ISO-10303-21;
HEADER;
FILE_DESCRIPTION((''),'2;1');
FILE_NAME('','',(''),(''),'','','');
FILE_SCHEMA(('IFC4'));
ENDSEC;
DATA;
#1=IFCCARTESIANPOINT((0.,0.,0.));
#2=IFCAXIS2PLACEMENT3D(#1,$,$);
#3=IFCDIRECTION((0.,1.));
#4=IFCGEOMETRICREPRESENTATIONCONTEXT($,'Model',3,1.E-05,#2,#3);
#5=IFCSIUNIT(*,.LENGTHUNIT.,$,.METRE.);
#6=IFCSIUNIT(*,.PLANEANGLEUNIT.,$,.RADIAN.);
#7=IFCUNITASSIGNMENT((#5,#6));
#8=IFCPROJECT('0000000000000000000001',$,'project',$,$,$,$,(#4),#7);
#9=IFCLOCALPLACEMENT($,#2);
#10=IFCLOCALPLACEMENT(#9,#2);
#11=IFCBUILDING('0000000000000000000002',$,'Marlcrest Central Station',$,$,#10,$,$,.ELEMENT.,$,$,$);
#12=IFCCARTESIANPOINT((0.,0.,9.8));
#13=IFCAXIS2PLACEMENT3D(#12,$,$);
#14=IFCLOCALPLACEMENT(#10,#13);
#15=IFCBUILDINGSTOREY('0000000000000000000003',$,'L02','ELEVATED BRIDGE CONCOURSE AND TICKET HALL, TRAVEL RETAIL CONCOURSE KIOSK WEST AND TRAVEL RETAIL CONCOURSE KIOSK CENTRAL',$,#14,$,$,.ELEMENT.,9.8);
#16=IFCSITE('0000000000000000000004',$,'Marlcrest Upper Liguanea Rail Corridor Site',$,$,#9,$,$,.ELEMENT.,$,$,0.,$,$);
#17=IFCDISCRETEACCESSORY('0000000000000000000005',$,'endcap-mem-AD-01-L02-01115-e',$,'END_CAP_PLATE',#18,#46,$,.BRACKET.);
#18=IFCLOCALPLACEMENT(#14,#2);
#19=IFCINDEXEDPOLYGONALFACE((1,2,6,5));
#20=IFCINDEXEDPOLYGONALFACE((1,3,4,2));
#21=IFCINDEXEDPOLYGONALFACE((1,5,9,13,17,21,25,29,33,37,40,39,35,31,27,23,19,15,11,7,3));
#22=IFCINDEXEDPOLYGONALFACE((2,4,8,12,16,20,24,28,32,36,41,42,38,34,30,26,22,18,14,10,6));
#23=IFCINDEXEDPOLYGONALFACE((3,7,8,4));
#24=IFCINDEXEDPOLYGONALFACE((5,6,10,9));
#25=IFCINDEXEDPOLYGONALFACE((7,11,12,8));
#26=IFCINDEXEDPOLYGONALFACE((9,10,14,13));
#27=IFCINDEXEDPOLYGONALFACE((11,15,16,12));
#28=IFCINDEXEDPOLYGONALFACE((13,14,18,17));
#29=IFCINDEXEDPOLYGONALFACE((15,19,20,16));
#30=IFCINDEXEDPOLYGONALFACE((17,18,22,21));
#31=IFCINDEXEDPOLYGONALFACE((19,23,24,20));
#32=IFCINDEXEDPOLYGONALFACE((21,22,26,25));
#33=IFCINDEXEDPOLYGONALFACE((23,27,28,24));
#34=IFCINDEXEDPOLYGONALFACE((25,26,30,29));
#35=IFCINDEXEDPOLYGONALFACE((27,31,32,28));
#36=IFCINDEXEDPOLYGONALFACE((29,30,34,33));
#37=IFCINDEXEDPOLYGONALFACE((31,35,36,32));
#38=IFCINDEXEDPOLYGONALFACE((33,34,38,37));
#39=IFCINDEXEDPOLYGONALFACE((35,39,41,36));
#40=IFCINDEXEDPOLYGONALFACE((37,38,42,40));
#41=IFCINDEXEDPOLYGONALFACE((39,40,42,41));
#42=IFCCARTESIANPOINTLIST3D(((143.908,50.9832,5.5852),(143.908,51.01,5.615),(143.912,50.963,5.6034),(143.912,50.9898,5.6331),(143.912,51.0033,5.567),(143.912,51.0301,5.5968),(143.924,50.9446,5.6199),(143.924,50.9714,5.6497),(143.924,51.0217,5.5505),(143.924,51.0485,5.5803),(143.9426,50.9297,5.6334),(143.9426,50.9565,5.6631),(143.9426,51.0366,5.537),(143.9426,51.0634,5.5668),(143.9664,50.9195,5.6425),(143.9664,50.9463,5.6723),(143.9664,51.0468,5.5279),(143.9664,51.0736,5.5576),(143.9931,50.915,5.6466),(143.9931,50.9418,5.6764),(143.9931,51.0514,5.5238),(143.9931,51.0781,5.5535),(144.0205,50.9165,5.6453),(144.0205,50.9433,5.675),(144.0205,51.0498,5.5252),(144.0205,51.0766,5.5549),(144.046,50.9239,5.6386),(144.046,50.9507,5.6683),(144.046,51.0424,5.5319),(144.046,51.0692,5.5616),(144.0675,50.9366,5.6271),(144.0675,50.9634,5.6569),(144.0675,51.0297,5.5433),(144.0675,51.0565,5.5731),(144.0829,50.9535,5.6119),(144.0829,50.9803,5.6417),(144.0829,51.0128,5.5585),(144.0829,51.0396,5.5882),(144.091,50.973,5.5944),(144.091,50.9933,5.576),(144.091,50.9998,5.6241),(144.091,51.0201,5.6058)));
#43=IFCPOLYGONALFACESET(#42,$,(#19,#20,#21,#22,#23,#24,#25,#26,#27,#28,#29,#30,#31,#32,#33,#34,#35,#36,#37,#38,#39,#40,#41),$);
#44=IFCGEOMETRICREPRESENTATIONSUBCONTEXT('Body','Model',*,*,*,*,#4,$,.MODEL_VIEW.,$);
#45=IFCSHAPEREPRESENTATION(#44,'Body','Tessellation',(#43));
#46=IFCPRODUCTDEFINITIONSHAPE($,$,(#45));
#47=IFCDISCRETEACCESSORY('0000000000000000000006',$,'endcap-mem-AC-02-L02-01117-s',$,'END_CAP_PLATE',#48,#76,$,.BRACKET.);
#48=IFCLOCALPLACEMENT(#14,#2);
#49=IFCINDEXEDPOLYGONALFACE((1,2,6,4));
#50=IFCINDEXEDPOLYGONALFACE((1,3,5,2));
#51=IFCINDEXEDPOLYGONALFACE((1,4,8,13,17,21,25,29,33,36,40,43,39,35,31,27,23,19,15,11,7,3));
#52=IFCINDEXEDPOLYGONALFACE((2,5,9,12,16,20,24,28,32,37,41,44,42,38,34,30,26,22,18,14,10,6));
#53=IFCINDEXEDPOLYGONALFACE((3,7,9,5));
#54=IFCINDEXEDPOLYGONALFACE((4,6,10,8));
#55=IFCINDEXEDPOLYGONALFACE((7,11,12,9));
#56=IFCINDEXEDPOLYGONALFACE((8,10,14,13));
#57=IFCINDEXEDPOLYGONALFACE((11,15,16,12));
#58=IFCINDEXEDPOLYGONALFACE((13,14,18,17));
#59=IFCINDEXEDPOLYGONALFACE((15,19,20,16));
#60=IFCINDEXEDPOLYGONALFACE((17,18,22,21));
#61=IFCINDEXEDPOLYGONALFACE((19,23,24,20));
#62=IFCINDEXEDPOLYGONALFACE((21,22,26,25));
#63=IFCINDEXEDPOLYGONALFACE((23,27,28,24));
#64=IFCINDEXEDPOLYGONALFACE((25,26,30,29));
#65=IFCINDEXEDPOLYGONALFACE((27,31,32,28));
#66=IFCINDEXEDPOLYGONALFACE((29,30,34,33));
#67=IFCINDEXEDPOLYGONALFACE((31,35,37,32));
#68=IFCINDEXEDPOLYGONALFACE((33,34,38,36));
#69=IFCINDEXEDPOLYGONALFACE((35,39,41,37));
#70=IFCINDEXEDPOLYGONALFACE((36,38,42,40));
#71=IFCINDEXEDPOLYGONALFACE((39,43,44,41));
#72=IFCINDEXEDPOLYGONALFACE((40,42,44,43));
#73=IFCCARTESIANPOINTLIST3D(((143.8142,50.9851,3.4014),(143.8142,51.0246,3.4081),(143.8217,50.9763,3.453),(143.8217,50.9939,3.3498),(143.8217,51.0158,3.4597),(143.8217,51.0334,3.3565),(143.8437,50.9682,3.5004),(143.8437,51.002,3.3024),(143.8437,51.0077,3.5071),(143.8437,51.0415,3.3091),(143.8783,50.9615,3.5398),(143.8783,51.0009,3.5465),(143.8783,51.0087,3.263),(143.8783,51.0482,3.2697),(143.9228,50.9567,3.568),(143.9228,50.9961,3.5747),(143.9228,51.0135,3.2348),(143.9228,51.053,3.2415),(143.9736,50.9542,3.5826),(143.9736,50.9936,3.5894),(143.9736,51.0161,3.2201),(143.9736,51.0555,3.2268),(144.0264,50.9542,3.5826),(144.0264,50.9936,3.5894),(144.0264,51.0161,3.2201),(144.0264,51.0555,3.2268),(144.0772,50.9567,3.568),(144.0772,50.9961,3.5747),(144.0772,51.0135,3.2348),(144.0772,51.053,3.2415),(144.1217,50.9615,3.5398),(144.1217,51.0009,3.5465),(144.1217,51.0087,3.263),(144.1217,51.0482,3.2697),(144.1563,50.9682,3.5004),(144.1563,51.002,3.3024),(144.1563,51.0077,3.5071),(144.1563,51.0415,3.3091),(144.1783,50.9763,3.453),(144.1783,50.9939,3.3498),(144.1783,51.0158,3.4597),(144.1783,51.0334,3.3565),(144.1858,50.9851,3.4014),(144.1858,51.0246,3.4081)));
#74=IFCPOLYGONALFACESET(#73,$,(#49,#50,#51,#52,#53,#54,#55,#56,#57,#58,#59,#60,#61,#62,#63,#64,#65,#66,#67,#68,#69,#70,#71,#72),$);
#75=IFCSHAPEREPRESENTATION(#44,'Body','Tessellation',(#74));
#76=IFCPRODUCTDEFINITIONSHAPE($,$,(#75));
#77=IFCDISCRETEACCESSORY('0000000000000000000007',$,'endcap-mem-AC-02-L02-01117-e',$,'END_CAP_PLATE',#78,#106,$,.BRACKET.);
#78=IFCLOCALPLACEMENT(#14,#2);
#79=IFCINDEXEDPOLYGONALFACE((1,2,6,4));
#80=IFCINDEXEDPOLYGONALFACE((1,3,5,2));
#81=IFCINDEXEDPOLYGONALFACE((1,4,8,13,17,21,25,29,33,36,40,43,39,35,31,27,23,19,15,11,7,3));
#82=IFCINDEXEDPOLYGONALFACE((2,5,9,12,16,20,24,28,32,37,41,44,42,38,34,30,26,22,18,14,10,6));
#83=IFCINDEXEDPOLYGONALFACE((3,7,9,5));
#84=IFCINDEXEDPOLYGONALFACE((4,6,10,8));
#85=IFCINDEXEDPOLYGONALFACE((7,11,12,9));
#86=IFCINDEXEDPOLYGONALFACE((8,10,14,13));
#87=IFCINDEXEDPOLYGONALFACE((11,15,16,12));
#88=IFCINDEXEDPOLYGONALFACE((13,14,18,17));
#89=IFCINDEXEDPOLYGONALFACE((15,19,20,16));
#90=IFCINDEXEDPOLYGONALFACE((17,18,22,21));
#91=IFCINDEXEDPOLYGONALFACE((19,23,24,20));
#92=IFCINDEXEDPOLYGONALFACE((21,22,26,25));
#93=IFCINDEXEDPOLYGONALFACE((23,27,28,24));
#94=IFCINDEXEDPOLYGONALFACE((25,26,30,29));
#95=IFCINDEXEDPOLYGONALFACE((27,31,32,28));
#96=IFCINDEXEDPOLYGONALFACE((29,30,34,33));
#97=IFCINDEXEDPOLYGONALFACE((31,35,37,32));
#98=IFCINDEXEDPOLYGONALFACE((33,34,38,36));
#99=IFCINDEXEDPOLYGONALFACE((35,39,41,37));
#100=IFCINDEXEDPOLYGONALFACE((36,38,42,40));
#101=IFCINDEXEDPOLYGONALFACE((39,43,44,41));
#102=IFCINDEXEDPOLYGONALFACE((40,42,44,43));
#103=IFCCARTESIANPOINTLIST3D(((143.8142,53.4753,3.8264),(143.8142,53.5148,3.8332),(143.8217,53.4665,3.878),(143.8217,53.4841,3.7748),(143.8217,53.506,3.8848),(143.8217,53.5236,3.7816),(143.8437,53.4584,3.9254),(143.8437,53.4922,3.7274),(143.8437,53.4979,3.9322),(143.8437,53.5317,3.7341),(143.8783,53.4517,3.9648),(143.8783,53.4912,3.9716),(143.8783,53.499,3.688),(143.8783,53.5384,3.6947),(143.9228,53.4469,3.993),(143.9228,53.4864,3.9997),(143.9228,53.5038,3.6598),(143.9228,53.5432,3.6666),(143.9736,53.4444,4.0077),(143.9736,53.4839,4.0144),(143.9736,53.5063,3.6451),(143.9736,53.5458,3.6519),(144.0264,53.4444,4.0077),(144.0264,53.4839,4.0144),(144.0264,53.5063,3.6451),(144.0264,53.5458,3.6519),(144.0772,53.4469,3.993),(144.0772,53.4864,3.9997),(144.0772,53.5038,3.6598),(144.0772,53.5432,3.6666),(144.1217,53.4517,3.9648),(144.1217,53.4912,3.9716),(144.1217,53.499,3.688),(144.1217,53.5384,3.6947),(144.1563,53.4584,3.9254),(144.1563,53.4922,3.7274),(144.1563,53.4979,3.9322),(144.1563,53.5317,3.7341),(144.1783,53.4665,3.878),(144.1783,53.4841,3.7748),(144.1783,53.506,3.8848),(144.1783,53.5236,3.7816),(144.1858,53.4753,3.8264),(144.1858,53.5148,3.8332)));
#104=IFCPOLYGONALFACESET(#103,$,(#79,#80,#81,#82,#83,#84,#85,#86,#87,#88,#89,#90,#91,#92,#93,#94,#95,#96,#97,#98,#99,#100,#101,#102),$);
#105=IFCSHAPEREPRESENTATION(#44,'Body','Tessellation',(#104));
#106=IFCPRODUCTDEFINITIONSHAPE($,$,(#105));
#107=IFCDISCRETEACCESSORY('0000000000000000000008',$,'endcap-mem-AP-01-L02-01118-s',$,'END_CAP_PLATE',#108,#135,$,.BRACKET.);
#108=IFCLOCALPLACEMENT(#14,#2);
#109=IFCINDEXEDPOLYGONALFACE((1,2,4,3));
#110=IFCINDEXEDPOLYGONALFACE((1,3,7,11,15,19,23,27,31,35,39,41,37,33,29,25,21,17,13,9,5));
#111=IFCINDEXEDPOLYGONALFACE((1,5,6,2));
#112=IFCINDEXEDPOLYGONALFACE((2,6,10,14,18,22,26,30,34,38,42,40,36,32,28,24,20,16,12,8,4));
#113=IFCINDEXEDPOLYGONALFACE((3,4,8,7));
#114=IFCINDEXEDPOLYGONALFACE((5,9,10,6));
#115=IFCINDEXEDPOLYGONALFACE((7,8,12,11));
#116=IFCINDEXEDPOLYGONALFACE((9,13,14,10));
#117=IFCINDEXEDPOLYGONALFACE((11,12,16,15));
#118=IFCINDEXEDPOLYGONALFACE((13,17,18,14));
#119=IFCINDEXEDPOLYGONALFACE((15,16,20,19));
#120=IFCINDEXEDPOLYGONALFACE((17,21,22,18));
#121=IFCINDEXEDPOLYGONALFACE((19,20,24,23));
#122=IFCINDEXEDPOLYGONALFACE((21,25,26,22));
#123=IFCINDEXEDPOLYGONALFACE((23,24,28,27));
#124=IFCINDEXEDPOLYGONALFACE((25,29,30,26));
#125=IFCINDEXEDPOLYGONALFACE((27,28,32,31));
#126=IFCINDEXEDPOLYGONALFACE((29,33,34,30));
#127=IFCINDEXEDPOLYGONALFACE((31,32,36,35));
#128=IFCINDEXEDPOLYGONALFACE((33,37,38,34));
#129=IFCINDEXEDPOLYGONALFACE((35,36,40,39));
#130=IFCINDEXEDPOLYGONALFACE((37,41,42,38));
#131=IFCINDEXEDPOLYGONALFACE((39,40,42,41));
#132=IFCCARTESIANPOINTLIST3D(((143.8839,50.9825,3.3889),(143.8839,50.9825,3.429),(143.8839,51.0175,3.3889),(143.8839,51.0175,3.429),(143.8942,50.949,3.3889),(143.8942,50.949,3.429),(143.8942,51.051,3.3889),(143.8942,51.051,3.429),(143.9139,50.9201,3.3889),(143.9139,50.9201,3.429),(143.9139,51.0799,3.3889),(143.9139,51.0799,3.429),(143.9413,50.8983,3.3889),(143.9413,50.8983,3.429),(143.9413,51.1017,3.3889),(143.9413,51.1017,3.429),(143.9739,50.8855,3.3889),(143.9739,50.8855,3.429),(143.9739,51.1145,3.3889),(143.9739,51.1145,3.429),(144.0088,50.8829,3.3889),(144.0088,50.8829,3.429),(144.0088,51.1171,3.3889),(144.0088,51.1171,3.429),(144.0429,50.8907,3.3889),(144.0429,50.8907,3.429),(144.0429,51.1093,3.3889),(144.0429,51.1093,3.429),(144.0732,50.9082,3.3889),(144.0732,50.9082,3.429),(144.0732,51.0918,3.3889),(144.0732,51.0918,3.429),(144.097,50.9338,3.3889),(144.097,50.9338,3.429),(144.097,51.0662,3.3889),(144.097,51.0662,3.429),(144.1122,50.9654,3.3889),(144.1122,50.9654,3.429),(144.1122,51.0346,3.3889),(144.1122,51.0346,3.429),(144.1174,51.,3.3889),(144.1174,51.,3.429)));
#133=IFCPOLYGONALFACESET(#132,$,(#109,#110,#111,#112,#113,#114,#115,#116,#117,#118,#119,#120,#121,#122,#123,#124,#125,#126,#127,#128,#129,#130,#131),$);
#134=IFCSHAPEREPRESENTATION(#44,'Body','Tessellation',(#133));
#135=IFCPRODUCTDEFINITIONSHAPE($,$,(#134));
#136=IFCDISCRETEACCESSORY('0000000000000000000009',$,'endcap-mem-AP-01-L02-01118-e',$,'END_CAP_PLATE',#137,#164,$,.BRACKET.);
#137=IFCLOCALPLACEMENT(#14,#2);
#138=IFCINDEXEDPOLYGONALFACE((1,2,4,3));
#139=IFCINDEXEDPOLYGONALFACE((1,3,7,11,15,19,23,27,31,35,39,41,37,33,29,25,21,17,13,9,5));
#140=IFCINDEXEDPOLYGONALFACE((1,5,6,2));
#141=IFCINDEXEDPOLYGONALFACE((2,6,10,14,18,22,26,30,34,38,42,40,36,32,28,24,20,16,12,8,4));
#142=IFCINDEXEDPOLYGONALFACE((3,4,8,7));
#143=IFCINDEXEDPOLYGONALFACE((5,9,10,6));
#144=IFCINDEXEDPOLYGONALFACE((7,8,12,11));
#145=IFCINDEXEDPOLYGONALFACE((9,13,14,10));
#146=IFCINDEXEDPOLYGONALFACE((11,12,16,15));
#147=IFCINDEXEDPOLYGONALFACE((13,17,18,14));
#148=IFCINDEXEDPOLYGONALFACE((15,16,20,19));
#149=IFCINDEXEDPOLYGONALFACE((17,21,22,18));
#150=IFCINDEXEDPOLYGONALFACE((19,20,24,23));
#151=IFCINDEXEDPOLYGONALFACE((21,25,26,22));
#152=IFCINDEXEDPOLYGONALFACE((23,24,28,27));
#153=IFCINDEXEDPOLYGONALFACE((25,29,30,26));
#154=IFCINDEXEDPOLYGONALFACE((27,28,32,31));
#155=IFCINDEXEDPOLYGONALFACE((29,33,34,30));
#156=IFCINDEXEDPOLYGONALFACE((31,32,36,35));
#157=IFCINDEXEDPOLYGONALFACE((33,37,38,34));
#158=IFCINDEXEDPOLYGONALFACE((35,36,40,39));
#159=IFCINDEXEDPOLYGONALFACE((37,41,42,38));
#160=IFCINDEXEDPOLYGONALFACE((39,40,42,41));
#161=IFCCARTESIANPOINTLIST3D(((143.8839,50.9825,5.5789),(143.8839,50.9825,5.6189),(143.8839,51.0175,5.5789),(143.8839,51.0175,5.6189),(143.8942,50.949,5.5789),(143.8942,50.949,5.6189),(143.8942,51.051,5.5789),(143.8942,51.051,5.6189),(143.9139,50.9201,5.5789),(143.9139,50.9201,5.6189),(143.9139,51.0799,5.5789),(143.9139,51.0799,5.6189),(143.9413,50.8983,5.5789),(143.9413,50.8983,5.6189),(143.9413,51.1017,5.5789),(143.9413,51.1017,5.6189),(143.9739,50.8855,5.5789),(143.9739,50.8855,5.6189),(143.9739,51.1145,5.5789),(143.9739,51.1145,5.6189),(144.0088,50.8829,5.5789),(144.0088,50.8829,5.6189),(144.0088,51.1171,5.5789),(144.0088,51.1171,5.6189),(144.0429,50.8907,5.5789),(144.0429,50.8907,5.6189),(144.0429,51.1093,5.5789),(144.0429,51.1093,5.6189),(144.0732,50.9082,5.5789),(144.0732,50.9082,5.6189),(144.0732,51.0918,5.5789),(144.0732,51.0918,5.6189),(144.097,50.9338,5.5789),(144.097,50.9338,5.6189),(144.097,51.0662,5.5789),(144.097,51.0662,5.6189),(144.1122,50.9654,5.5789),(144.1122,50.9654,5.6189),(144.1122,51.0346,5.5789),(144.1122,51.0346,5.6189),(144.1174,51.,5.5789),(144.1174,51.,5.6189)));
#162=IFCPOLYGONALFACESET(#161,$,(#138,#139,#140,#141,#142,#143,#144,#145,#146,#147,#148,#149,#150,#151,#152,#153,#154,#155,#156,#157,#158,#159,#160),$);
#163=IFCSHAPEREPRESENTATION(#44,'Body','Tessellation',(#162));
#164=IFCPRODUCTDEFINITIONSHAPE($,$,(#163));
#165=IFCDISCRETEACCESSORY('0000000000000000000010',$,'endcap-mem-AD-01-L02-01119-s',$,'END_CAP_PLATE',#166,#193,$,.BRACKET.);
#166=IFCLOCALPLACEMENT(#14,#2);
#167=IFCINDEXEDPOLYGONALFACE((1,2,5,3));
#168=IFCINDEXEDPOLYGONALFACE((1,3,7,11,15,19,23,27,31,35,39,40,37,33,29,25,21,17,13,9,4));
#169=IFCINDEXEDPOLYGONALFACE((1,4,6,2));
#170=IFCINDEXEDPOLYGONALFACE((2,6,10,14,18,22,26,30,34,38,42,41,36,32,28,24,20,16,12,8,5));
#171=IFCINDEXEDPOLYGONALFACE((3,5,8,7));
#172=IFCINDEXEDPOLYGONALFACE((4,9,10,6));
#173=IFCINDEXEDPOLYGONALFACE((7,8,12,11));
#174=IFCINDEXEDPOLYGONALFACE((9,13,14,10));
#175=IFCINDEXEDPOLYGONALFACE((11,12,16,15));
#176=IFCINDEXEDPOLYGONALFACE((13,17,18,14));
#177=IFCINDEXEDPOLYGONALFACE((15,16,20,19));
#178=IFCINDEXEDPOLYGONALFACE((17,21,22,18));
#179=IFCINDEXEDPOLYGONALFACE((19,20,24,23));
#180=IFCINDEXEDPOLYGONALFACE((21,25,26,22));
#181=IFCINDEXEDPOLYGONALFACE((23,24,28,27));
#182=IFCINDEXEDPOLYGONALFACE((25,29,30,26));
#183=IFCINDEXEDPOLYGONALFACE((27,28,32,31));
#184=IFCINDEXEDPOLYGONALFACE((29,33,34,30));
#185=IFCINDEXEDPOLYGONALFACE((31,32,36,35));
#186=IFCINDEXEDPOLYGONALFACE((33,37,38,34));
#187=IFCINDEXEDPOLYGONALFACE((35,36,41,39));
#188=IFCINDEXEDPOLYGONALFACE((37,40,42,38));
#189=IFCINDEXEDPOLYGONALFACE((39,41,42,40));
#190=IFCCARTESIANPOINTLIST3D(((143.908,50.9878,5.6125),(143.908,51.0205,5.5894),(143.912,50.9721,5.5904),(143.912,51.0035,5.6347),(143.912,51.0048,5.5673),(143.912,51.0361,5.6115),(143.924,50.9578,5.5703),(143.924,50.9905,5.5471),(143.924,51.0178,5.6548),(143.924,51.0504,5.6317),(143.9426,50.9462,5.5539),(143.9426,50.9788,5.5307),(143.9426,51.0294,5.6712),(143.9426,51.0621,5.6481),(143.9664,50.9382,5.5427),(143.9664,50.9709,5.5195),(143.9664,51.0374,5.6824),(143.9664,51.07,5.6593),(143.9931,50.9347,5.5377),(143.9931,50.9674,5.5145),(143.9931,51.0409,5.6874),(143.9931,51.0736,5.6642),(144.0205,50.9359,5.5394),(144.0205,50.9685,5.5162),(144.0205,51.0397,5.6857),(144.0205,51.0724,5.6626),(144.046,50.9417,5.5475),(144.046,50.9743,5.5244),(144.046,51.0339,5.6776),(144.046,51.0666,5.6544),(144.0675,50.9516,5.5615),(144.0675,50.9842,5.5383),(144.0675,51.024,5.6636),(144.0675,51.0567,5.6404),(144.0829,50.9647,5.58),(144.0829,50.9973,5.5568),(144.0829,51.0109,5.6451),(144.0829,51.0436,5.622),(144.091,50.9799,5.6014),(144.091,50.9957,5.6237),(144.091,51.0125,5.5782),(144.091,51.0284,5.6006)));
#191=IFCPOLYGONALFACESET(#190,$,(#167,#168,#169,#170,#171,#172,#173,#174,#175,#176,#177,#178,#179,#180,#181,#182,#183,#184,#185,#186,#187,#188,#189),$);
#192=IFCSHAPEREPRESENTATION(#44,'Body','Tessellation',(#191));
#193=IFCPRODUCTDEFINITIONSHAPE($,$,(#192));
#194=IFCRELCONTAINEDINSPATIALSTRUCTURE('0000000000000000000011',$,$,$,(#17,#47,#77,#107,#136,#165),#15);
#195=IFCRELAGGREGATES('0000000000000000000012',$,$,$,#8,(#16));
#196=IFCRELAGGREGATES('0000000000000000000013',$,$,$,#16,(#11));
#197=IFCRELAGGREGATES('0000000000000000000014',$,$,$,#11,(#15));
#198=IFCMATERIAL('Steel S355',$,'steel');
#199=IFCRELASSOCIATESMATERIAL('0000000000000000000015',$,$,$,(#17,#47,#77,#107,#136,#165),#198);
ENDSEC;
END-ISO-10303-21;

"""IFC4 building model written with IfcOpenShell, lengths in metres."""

from ifc_helpers import new_model, si_unit, direction, frame, origin, origin_2d, place, context, subcontext, project, spatial, circle, extrude, material, element, save


model = new_model("IFC4")

# Units and contexts
model_context = context("Model", 3, precision=1e-05, world=origin(), true_north=direction((0.0, 1.0)))
body_context = subcontext(model_context, "Body", "Model", "MODEL_VIEW")
ifc_project = project(units=[si_unit("LENGTHUNIT", "METRE"), si_unit("PLANEANGLEUNIT", "RADIAN")], contexts=[model_context])

# Site, building, storey
site_placement = place(None, origin())
site = spatial("IfcSite", under=ifc_project, at=site_placement, Name="Marlcrest Upper Liguanea Rail Corridor Site", CompositionType="ELEMENT", RefElevation=0.0)
building_placement = place(site_placement, origin())
building = spatial("IfcBuilding", under=site, at=building_placement, Name="Marlcrest Central Station", CompositionType="ELEMENT")
storey_placement = place(building_placement, frame((0.0, 0.0, 9.8)))
storey = spatial("IfcBuildingStorey", under=building, at=storey_placement, Name="L02", Description="ELEVATED BRIDGE CONCOURSE AND TICKET HALL, TRAVEL RETAIL CONCOURSE KIOSK WEST AND TRAVEL RETAIL CONCOURSE KIOSK CENTRAL", CompositionType="ELEMENT", Elevation=9.8)

# Shared definitions
ifc_material = material(Name="Steel S355", Category="steel")

# Discrete accessories
for number, where, z_axis, x_axis, name in (
    (1, (144.0, 50.9832, 5.5852), (0.0, 0.669244, 0.743042), (-1.0, 0.0, 0.0), "endcap-mem-AD-01-L02-01115-e"),
):
    element("IfcDiscreteAccessory", number, at=place(storey_placement, frame(where, z_axis=z_axis, x_axis=x_axis)), inside=storey, material=ifc_material, Name=name, ObjectType="END_CAP_PLATE", PredefinedType="BRACKET", context=body_context, shape_type="SweptSolid", body=[
        extrude(circle(Radius=0.092, at=origin_2d()), origin(), (0.0, 0.0, 1.0), 0.04),
    ])
for number, where, z_axis, x_axis, name in (
    (2, (144.0, 50.9851, 3.4014), (0.0, 0.985741, 0.168269), (-1.0, 0.0, 0.0), "endcap-mem-AC-02-L02-01117-s"),
    (3, (144.0, 53.4753, 3.8264), (0.0, 0.985741, 0.168269), (-1.0, 0.0, 0.0), "endcap-mem-AC-02-L02-01117-e"),
):
    element("IfcDiscreteAccessory", number, at=place(storey_placement, frame(where, z_axis=z_axis, x_axis=x_axis)), inside=storey, material=ifc_material, Name=name, ObjectType="END_CAP_PLATE", PredefinedType="BRACKET", context=body_context, shape_type="SweptSolid", body=[
        extrude(circle(Radius=0.1858, at=origin_2d()), origin(), (0.0, 0.0, 1.0), 0.04),
    ])
for number, where, z_axis, x_axis, name in (
    (4, (144.0, 51.0, 3.3889), (0.0, 0.0, 1.0), (1.0, 0.0, 0.0), "endcap-mem-AP-01-L02-01118-s"),
    (5, (144.0, 51.0, 5.5789), (0.0, 0.0, 1.0), (1.0, 0.0, 0.0), "endcap-mem-AP-01-L02-01118-e"),
):
    element("IfcDiscreteAccessory", number, at=place(storey_placement, frame(where, z_axis=z_axis, x_axis=x_axis)), inside=storey, material=ifc_material, Name=name, ObjectType="END_CAP_PLATE", PredefinedType="BRACKET", context=body_context, shape_type="SweptSolid", body=[
        extrude(circle(Radius=0.1174, at=origin_2d()), origin(), (0.0, 0.0, 1.0), 0.04),
    ])
for number, where, z_axis, x_axis, name in (
    (6, (144.0, 50.9878, 5.6125), (0.0, 0.815661, -0.57853), (-1.0, 0.0, 0.0), "endcap-mem-AD-01-L02-01119-s"),
):
    element("IfcDiscreteAccessory", number, at=place(storey_placement, frame(where, z_axis=z_axis, x_axis=x_axis)), inside=storey, material=ifc_material, Name=name, ObjectType="END_CAP_PLATE", PredefinedType="BRACKET", context=body_context, shape_type="SweptSolid", body=[
        extrude(circle(Radius=0.092, at=origin_2d()), origin(), (0.0, 0.0, 1.0), 0.04),
    ])

save(model, "model.ifc")
